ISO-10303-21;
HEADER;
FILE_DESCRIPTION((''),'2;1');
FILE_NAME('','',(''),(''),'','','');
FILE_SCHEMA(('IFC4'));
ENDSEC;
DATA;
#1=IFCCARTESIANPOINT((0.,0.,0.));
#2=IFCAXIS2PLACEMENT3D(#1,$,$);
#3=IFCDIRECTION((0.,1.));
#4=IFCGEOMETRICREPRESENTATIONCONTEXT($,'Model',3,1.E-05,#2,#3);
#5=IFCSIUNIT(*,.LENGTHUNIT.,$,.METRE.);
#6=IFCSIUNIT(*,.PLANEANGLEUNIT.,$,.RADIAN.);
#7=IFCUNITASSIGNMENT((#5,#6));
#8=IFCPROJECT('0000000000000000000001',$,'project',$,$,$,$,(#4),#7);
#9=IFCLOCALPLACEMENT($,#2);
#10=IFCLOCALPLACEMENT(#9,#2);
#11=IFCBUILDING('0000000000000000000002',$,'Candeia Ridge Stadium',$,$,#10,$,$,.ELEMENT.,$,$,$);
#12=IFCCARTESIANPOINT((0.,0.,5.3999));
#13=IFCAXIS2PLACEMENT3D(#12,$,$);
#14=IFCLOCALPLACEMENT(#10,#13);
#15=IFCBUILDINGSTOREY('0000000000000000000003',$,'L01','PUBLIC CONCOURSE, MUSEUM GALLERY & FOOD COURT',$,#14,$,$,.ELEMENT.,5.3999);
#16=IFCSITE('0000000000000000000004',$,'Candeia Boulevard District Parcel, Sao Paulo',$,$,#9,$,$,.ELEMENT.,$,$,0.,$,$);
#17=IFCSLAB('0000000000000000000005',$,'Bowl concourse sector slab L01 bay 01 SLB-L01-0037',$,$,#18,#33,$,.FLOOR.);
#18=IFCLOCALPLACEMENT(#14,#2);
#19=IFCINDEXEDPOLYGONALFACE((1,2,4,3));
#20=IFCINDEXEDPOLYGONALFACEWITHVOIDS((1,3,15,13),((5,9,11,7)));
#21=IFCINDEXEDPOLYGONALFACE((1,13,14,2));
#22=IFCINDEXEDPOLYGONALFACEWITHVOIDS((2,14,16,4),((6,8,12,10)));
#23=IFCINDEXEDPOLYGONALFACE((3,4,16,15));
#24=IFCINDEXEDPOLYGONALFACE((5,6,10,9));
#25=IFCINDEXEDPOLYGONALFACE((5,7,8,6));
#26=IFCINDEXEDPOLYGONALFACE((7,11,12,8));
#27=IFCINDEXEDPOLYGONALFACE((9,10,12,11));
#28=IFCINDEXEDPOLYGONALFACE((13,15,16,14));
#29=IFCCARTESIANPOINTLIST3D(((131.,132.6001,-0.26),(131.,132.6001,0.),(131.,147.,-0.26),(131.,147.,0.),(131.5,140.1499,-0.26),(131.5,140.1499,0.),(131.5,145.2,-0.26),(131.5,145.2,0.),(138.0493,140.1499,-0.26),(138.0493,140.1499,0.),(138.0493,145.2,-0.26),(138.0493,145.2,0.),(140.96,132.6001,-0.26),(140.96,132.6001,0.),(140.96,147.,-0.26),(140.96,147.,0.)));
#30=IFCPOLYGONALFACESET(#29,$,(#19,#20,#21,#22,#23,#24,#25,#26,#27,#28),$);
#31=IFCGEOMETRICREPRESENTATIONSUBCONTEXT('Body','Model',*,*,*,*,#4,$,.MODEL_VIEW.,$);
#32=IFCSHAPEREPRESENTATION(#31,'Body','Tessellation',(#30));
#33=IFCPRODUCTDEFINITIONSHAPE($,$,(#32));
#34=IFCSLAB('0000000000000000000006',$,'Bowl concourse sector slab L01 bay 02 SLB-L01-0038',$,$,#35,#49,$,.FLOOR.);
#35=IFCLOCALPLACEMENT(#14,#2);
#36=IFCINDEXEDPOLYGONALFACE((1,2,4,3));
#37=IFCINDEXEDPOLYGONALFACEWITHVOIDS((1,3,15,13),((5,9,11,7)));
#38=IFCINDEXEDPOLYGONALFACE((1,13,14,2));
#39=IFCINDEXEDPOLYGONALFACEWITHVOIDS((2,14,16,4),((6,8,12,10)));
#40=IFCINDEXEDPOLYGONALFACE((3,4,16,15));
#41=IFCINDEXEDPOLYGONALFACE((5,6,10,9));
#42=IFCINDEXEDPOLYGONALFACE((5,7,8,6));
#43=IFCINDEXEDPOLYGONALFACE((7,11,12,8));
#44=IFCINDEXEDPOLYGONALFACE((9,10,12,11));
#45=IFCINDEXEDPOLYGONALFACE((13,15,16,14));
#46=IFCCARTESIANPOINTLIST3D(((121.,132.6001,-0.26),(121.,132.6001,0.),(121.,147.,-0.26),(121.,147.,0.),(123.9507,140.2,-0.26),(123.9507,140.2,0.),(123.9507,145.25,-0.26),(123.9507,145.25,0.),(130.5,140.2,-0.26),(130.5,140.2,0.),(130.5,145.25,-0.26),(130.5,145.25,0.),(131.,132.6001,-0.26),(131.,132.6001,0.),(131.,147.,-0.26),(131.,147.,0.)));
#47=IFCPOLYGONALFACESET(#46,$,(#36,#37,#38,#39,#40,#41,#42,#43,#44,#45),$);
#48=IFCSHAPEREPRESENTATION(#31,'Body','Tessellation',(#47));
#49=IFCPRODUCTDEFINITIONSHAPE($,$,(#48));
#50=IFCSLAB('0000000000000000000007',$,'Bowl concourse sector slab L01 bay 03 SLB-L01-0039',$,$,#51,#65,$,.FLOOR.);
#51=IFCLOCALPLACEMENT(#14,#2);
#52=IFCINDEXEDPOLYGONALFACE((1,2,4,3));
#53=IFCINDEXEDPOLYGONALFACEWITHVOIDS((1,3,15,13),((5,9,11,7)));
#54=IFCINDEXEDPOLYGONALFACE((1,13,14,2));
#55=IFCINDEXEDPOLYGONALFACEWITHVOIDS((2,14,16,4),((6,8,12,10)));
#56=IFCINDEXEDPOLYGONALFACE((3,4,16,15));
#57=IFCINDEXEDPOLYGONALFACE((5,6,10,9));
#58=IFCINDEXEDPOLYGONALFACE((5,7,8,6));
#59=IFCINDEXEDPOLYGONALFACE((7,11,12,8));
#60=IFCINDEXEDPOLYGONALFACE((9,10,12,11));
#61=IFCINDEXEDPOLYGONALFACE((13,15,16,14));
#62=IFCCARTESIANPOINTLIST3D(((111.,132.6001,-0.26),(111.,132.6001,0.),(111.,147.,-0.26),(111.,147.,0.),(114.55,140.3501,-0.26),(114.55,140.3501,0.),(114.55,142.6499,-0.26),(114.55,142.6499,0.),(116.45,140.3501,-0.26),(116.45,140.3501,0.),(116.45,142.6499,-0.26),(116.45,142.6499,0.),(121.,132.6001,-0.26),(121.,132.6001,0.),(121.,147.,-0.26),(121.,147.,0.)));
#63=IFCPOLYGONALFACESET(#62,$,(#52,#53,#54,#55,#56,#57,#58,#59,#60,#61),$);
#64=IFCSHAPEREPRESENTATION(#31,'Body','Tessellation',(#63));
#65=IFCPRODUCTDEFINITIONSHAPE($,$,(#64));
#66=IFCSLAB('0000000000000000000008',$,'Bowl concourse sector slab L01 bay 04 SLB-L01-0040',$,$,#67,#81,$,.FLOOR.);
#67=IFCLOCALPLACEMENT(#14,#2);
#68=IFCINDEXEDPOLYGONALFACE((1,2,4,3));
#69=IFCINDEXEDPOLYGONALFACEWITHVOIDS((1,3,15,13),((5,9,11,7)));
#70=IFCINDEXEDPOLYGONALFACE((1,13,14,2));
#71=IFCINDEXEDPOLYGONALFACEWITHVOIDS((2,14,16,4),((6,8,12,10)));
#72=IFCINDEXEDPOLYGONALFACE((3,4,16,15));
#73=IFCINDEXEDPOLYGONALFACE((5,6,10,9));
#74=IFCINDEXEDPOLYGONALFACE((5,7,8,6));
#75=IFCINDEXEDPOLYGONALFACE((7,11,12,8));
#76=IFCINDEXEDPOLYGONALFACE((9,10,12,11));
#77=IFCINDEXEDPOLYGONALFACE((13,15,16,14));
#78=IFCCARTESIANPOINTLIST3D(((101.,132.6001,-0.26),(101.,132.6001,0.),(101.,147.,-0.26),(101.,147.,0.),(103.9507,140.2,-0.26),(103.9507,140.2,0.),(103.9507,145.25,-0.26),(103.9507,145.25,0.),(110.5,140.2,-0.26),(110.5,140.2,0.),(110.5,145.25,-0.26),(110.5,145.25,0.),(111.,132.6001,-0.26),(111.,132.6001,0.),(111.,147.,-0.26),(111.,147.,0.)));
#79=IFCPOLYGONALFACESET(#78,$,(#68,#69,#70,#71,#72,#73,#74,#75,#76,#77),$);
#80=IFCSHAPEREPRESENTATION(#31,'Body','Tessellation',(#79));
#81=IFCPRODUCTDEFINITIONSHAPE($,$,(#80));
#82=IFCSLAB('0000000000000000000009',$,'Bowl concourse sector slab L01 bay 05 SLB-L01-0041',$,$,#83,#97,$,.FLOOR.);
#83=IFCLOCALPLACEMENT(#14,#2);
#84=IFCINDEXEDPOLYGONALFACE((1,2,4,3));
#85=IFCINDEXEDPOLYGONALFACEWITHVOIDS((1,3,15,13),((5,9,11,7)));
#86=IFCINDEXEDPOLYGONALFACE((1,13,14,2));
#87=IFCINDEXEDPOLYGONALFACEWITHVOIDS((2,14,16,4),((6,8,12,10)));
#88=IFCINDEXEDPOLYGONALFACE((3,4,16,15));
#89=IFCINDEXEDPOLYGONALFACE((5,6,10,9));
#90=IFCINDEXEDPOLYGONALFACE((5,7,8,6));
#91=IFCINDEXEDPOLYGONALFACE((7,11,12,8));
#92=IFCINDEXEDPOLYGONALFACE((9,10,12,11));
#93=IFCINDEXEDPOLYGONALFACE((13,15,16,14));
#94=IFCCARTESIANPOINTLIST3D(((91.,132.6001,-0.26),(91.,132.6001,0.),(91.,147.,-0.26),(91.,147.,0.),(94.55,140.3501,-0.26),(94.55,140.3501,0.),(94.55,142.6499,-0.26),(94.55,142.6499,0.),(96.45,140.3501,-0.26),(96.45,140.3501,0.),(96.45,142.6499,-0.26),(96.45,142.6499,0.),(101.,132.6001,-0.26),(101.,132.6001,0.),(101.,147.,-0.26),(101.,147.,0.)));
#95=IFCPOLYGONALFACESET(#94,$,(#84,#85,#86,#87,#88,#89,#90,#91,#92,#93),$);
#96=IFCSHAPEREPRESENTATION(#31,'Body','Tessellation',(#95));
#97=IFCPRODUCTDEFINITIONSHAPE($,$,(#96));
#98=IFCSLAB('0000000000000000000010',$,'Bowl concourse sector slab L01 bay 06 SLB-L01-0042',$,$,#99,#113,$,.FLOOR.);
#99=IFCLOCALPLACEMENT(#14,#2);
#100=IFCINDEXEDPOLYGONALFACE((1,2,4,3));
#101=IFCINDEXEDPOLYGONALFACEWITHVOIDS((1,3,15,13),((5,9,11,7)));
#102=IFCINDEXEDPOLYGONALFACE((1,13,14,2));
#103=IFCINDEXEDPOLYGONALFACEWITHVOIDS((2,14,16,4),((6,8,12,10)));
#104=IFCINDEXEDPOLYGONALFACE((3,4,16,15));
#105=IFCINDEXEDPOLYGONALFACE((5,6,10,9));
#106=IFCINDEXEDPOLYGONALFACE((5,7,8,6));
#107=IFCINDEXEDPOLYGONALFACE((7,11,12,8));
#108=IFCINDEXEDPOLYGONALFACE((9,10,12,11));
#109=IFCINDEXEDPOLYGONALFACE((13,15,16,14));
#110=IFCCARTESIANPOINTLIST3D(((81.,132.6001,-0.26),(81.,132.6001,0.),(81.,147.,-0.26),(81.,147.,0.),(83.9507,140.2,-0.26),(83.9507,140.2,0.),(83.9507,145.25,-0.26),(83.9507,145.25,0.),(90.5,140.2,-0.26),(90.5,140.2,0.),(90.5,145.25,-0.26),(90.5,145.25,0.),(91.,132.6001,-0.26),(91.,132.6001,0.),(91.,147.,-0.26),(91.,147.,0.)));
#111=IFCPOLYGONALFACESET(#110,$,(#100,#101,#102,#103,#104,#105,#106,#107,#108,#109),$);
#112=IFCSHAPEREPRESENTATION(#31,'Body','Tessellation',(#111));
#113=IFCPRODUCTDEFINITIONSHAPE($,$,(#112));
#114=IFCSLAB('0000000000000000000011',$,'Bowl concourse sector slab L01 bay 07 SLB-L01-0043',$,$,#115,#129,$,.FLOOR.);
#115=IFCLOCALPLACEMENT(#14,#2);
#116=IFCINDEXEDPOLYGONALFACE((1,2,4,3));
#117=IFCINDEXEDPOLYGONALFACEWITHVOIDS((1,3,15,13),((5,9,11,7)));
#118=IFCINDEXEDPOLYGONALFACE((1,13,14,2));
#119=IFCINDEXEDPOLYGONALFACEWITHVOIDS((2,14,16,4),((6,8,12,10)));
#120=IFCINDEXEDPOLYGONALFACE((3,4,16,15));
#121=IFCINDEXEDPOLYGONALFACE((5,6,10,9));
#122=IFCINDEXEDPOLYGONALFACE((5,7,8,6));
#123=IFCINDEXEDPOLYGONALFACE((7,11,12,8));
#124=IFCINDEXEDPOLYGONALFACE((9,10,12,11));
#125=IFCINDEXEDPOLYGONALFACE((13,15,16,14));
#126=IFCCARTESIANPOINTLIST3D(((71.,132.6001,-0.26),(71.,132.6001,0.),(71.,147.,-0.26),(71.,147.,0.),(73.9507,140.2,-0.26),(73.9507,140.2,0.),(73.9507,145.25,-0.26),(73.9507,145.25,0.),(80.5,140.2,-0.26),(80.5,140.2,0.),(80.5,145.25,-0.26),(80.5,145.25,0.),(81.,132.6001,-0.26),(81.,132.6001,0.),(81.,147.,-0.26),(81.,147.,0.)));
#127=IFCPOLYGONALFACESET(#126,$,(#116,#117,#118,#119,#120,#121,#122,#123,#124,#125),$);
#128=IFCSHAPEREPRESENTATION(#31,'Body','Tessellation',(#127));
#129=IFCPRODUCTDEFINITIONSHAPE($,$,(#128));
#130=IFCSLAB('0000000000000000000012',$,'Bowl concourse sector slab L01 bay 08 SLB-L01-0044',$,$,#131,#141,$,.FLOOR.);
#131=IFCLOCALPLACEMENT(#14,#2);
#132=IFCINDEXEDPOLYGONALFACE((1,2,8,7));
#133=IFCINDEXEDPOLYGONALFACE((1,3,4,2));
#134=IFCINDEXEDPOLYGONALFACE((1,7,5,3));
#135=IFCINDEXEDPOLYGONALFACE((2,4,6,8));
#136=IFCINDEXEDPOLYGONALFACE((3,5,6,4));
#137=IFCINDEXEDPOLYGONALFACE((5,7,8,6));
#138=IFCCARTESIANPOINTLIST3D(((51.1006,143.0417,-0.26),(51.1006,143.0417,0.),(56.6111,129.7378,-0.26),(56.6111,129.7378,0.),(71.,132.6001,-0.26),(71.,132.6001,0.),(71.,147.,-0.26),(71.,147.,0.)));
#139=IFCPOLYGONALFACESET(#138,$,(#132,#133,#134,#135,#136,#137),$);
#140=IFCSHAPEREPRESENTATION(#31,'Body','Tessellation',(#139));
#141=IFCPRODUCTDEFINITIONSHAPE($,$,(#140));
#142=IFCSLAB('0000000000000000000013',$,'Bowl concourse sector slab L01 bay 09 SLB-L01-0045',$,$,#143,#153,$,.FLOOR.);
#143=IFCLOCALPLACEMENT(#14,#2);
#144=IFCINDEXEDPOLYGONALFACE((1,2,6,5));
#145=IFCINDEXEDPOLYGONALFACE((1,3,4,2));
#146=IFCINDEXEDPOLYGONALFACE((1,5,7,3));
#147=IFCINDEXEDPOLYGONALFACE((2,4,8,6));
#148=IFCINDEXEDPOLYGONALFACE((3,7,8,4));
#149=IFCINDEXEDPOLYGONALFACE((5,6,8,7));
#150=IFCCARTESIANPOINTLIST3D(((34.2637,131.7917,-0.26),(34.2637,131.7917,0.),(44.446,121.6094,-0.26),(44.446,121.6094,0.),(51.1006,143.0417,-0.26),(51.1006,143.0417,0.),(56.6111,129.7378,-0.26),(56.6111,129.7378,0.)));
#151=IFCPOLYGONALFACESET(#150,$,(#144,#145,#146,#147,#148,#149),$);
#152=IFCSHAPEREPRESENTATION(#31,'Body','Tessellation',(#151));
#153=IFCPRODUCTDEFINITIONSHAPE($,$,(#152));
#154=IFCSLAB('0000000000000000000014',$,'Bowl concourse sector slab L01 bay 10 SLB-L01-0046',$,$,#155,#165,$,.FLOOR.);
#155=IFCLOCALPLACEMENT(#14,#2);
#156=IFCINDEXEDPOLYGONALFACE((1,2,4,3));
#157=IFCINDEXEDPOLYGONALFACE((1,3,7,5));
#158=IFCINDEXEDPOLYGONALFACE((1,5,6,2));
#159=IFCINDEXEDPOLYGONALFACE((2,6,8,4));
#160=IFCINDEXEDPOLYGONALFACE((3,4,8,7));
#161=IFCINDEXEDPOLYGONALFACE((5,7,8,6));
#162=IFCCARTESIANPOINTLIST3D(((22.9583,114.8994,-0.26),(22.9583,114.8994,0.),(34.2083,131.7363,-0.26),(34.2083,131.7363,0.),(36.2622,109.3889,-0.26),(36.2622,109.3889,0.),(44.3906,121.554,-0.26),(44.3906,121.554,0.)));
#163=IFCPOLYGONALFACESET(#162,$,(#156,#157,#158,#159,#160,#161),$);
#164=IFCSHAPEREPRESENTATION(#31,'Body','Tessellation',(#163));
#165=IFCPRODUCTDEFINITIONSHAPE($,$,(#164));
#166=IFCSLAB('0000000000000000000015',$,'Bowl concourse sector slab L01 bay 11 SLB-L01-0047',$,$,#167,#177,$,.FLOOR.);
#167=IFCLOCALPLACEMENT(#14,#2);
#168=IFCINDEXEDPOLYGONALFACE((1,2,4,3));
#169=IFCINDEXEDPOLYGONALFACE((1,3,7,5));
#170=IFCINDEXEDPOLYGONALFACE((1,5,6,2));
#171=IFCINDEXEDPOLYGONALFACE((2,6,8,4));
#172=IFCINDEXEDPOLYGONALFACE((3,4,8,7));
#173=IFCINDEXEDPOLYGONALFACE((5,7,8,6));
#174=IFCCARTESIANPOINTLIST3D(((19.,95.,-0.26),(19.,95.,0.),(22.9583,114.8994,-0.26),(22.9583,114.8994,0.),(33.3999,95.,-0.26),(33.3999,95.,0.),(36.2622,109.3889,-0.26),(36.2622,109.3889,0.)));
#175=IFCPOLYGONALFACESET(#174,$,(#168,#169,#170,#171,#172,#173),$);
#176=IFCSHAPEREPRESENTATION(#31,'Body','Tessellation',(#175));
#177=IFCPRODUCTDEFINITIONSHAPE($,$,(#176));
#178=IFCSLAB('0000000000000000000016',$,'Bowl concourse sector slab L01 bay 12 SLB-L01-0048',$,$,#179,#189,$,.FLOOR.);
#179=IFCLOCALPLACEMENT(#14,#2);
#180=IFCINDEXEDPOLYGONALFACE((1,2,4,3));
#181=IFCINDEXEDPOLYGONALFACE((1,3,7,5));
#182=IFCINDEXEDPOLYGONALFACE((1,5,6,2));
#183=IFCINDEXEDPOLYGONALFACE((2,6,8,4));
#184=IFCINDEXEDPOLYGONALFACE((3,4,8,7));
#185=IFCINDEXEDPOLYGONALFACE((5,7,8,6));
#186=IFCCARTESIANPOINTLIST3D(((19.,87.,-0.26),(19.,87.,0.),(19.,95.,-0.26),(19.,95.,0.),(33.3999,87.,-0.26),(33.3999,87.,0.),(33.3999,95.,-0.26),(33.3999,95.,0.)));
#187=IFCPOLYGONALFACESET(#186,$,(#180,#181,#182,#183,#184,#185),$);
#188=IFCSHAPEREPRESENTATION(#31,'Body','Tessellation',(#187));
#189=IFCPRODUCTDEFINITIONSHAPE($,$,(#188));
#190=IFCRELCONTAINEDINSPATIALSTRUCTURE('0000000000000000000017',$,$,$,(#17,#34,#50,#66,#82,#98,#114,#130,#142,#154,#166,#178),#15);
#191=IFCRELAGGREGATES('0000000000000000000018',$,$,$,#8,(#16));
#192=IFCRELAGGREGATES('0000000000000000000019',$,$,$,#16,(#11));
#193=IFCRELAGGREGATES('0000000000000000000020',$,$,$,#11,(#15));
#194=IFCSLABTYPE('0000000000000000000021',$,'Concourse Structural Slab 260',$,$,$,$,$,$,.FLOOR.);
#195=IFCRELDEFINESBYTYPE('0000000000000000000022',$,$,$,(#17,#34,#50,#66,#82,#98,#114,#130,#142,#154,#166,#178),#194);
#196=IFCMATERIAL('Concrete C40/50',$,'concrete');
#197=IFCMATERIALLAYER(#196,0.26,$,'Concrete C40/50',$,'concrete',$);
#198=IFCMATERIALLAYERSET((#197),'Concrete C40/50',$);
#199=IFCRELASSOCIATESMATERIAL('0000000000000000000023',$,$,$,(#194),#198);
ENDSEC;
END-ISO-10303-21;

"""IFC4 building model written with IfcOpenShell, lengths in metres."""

from ifc_helpers import new_model, si_unit, direction, frame, origin, place, context, subcontext, project, spatial, polyline, outline, extrude, material, layer, layer_set, type_object, element, save


model = new_model("IFC4")

# Units and contexts
model_context = context("Model", 3, precision=1e-05, world=origin(), true_north=direction((0.0, 1.0)))
body_context = subcontext(model_context, "Body", "Model", "MODEL_VIEW")
ifc_project = project(units=[si_unit("LENGTHUNIT", "METRE"), si_unit("PLANEANGLEUNIT", "RADIAN")], contexts=[model_context])

# Site, building, storey
site_placement = place(None, origin())
site = spatial("IfcSite", under=ifc_project, at=site_placement, Name="Candeia Boulevard District Parcel, Sao Paulo", CompositionType="ELEMENT", RefElevation=0.0)
building_placement = place(site_placement, origin())
building = spatial("IfcBuilding", under=site, at=building_placement, Name="Candeia Ridge Stadium", CompositionType="ELEMENT")
storey_placement = place(building_placement, frame((0.0, 0.0, 5.3999)))
storey = spatial("IfcBuildingStorey", under=building, at=storey_placement, Name="L01", Description="PUBLIC CONCOURSE, MUSEUM GALLERY & FOOD COURT", CompositionType="ELEMENT", Elevation=5.3999)

# Slabs
ifc_material_1 = material(Name="Concrete C40/50", Category="concrete")
ifc_layer_1 = layer(ifc_material_1, 0.26, Name="Concrete C40/50", Category="concrete")
ifc_layer_set_1 = layer_set([ifc_layer_1], Name="Concrete C40/50")
slab_type = type_object("IfcSlabType", Name="Concourse Structural Slab 260", PredefinedType="FLOOR", material=ifc_layer_set_1)
slab_1_placement = place(storey_placement, frame((0.0, 0.0, -0.26)))
element("IfcSlab", 1, at=slab_1_placement, inside=storey, type_object=slab_type, Name="Bowl concourse sector slab L01 bay 01 SLB-L01-0037", PredefinedType="FLOOR", context=body_context, shape_type="SweptSolid", body=[
    extrude(outline(polyline([(131.0, 132.6001), (131.0, 147.0), (140.96, 147.0), (140.96, 132.6001), (131.0, 132.6001)]), holes=[polyline([(138.0493, 145.2), (131.5, 145.2), (131.5, 140.1499), (138.0493, 140.1499), (138.0493, 145.2)])]), origin(), (0.0, 0.0, 1.0), 0.26),
])
slab_2_placement = place(storey_placement, frame((0.0, 0.0, -0.26)))
element("IfcSlab", 2, at=slab_2_placement, inside=storey, type_object=slab_type, Name="Bowl concourse sector slab L01 bay 02 SLB-L01-0038", PredefinedType="FLOOR", context=body_context, shape_type="SweptSolid", body=[
    extrude(outline(polyline([(121.0, 132.6001), (121.0, 147.0), (131.0, 147.0), (131.0, 132.6001), (121.0, 132.6001)]), holes=[polyline([(123.9507, 145.25), (123.9507, 140.2), (130.5, 140.2), (130.5, 145.25), (123.9507, 145.25)])]), origin(), (0.0, 0.0, 1.0), 0.26),
])
slab_3_placement = place(storey_placement, frame((0.0, 0.0, -0.26)))
element("IfcSlab", 3, at=slab_3_placement, inside=storey, type_object=slab_type, Name="Bowl concourse sector slab L01 bay 03 SLB-L01-0039", PredefinedType="FLOOR", context=body_context, shape_type="SweptSolid", body=[
    extrude(outline(polyline([(111.0, 132.6001), (111.0, 147.0), (121.0, 147.0), (121.0, 132.6001), (111.0, 132.6001)]), holes=[polyline([(116.45, 140.3501), (116.45, 142.6499), (114.55, 142.6499), (114.55, 140.3501), (116.45, 140.3501)])]), origin(), (0.0, 0.0, 1.0), 0.26),
])
slab_4_placement = place(storey_placement, frame((0.0, 0.0, -0.26)))
element("IfcSlab", 4, at=slab_4_placement, inside=storey, type_object=slab_type, Name="Bowl concourse sector slab L01 bay 04 SLB-L01-0040", PredefinedType="FLOOR", context=body_context, shape_type="SweptSolid", body=[
    extrude(outline(polyline([(101.0, 132.6001), (101.0, 147.0), (111.0, 147.0), (111.0, 132.6001), (101.0, 132.6001)]), holes=[polyline([(103.9507, 145.25), (103.9507, 140.2), (110.5, 140.2), (110.5, 145.25), (103.9507, 145.25)])]), origin(), (0.0, 0.0, 1.0), 0.26),
])
slab_5_placement = place(storey_placement, frame((0.0, 0.0, -0.26)))
element("IfcSlab", 5, at=slab_5_placement, inside=storey, type_object=slab_type, Name="Bowl concourse sector slab L01 bay 05 SLB-L01-0041", PredefinedType="FLOOR", context=body_context, shape_type="SweptSolid", body=[
    extrude(outline(polyline([(91.0, 132.6001), (91.0, 147.0), (101.0, 147.0), (101.0, 132.6001), (91.0, 132.6001)]), holes=[polyline([(96.45, 140.3501), (96.45, 142.6499), (94.55, 142.6499), (94.55, 140.3501), (96.45, 140.3501)])]), origin(), (0.0, 0.0, 1.0), 0.26),
])
slab_6_placement = place(storey_placement, frame((0.0, 0.0, -0.26)))
element("IfcSlab", 6, at=slab_6_placement, inside=storey, type_object=slab_type, Name="Bowl concourse sector slab L01 bay 06 SLB-L01-0042", PredefinedType="FLOOR", context=body_context, shape_type="SweptSolid", body=[
    extrude(outline(polyline([(81.0, 132.6001), (81.0, 147.0), (91.0, 147.0), (91.0, 132.6001), (81.0, 132.6001)]), holes=[polyline([(83.9507, 140.2), (90.5, 140.2), (90.5, 145.25), (83.9507, 145.25), (83.9507, 140.2)])]), origin(), (0.0, 0.0, 1.0), 0.26),
])
slab_7_placement = place(storey_placement, frame((0.0, 0.0, -0.26)))
element("IfcSlab", 7, at=slab_7_placement, inside=storey, type_object=slab_type, Name="Bowl concourse sector slab L01 bay 07 SLB-L01-0043", PredefinedType="FLOOR", context=body_context, shape_type="SweptSolid", body=[
    extrude(outline(polyline([(71.0, 132.6001), (71.0, 147.0), (81.0, 147.0), (81.0, 132.6001), (71.0, 132.6001)]), holes=[polyline([(73.9507, 140.2), (80.5, 140.2), (80.5, 145.25), (73.9507, 145.25), (73.9507, 140.2)])]), origin(), (0.0, 0.0, 1.0), 0.26),
])
slab_8_placement = place(storey_placement, frame((0.0, 0.0, -0.26)))
element("IfcSlab", 8, at=slab_8_placement, inside=storey, type_object=slab_type, Name="Bowl concourse sector slab L01 bay 08 SLB-L01-0044", PredefinedType="FLOOR", context=body_context, shape_type="SweptSolid", body=[
    extrude(outline(polyline([(56.6111, 129.7378), (51.1006, 143.0417), (71.0, 147.0), (71.0, 132.6001), (56.6111, 129.7378)])), origin(), (0.0, 0.0, 1.0), 0.26),
])
slab_9_placement = place(storey_placement, frame((0.0, 0.0, -0.26)))
element("IfcSlab", 9, at=slab_9_placement, inside=storey, type_object=slab_type, Name="Bowl concourse sector slab L01 bay 09 SLB-L01-0045", PredefinedType="FLOOR", context=body_context, shape_type="SweptSolid", body=[
    extrude(outline(polyline([(44.446, 121.6094), (34.2637, 131.7917), (51.1006, 143.0417), (56.6111, 129.7378), (44.446, 121.6094)])), origin(), (0.0, 0.0, 1.0), 0.26),
])
slab_10_placement = place(storey_placement, frame((0.0, 0.0, -0.26)))
element("IfcSlab", 10, at=slab_10_placement, inside=storey, type_object=slab_type, Name="Bowl concourse sector slab L01 bay 10 SLB-L01-0046", PredefinedType="FLOOR", context=body_context, shape_type="SweptSolid", body=[
    extrude(outline(polyline([(36.2622, 109.3889), (22.9583, 114.8994), (34.2083, 131.7363), (44.3906, 121.554), (36.2622, 109.3889)])), origin(), (0.0, 0.0, 1.0), 0.26),
])
slab_11_placement = place(storey_placement, frame((0.0, 0.0, -0.26)))
element("IfcSlab", 11, at=slab_11_placement, inside=storey, type_object=slab_type, Name="Bowl concourse sector slab L01 bay 11 SLB-L01-0047", PredefinedType="FLOOR", context=body_context, shape_type="SweptSolid", body=[
    extrude(outline(polyline([(33.3999, 95.0), (19.0, 95.0), (22.9583, 114.8994), (36.2622, 109.3889), (33.3999, 95.0)])), origin(), (0.0, 0.0, 1.0), 0.26),
])
slab_12_placement = place(storey_placement, frame((0.0, 0.0, -0.26)))
element("IfcSlab", 12, at=slab_12_placement, inside=storey, type_object=slab_type, Name="Bowl concourse sector slab L01 bay 12 SLB-L01-0048", PredefinedType="FLOOR", context=body_context, shape_type="SweptSolid", body=[
    extrude(outline(polyline([(33.3999, 87.0), (19.0, 87.0), (19.0, 95.0), (33.3999, 95.0), (33.3999, 87.0)])), origin(), (0.0, 0.0, 1.0), 0.26),
])

save(model, "model.ifc")
